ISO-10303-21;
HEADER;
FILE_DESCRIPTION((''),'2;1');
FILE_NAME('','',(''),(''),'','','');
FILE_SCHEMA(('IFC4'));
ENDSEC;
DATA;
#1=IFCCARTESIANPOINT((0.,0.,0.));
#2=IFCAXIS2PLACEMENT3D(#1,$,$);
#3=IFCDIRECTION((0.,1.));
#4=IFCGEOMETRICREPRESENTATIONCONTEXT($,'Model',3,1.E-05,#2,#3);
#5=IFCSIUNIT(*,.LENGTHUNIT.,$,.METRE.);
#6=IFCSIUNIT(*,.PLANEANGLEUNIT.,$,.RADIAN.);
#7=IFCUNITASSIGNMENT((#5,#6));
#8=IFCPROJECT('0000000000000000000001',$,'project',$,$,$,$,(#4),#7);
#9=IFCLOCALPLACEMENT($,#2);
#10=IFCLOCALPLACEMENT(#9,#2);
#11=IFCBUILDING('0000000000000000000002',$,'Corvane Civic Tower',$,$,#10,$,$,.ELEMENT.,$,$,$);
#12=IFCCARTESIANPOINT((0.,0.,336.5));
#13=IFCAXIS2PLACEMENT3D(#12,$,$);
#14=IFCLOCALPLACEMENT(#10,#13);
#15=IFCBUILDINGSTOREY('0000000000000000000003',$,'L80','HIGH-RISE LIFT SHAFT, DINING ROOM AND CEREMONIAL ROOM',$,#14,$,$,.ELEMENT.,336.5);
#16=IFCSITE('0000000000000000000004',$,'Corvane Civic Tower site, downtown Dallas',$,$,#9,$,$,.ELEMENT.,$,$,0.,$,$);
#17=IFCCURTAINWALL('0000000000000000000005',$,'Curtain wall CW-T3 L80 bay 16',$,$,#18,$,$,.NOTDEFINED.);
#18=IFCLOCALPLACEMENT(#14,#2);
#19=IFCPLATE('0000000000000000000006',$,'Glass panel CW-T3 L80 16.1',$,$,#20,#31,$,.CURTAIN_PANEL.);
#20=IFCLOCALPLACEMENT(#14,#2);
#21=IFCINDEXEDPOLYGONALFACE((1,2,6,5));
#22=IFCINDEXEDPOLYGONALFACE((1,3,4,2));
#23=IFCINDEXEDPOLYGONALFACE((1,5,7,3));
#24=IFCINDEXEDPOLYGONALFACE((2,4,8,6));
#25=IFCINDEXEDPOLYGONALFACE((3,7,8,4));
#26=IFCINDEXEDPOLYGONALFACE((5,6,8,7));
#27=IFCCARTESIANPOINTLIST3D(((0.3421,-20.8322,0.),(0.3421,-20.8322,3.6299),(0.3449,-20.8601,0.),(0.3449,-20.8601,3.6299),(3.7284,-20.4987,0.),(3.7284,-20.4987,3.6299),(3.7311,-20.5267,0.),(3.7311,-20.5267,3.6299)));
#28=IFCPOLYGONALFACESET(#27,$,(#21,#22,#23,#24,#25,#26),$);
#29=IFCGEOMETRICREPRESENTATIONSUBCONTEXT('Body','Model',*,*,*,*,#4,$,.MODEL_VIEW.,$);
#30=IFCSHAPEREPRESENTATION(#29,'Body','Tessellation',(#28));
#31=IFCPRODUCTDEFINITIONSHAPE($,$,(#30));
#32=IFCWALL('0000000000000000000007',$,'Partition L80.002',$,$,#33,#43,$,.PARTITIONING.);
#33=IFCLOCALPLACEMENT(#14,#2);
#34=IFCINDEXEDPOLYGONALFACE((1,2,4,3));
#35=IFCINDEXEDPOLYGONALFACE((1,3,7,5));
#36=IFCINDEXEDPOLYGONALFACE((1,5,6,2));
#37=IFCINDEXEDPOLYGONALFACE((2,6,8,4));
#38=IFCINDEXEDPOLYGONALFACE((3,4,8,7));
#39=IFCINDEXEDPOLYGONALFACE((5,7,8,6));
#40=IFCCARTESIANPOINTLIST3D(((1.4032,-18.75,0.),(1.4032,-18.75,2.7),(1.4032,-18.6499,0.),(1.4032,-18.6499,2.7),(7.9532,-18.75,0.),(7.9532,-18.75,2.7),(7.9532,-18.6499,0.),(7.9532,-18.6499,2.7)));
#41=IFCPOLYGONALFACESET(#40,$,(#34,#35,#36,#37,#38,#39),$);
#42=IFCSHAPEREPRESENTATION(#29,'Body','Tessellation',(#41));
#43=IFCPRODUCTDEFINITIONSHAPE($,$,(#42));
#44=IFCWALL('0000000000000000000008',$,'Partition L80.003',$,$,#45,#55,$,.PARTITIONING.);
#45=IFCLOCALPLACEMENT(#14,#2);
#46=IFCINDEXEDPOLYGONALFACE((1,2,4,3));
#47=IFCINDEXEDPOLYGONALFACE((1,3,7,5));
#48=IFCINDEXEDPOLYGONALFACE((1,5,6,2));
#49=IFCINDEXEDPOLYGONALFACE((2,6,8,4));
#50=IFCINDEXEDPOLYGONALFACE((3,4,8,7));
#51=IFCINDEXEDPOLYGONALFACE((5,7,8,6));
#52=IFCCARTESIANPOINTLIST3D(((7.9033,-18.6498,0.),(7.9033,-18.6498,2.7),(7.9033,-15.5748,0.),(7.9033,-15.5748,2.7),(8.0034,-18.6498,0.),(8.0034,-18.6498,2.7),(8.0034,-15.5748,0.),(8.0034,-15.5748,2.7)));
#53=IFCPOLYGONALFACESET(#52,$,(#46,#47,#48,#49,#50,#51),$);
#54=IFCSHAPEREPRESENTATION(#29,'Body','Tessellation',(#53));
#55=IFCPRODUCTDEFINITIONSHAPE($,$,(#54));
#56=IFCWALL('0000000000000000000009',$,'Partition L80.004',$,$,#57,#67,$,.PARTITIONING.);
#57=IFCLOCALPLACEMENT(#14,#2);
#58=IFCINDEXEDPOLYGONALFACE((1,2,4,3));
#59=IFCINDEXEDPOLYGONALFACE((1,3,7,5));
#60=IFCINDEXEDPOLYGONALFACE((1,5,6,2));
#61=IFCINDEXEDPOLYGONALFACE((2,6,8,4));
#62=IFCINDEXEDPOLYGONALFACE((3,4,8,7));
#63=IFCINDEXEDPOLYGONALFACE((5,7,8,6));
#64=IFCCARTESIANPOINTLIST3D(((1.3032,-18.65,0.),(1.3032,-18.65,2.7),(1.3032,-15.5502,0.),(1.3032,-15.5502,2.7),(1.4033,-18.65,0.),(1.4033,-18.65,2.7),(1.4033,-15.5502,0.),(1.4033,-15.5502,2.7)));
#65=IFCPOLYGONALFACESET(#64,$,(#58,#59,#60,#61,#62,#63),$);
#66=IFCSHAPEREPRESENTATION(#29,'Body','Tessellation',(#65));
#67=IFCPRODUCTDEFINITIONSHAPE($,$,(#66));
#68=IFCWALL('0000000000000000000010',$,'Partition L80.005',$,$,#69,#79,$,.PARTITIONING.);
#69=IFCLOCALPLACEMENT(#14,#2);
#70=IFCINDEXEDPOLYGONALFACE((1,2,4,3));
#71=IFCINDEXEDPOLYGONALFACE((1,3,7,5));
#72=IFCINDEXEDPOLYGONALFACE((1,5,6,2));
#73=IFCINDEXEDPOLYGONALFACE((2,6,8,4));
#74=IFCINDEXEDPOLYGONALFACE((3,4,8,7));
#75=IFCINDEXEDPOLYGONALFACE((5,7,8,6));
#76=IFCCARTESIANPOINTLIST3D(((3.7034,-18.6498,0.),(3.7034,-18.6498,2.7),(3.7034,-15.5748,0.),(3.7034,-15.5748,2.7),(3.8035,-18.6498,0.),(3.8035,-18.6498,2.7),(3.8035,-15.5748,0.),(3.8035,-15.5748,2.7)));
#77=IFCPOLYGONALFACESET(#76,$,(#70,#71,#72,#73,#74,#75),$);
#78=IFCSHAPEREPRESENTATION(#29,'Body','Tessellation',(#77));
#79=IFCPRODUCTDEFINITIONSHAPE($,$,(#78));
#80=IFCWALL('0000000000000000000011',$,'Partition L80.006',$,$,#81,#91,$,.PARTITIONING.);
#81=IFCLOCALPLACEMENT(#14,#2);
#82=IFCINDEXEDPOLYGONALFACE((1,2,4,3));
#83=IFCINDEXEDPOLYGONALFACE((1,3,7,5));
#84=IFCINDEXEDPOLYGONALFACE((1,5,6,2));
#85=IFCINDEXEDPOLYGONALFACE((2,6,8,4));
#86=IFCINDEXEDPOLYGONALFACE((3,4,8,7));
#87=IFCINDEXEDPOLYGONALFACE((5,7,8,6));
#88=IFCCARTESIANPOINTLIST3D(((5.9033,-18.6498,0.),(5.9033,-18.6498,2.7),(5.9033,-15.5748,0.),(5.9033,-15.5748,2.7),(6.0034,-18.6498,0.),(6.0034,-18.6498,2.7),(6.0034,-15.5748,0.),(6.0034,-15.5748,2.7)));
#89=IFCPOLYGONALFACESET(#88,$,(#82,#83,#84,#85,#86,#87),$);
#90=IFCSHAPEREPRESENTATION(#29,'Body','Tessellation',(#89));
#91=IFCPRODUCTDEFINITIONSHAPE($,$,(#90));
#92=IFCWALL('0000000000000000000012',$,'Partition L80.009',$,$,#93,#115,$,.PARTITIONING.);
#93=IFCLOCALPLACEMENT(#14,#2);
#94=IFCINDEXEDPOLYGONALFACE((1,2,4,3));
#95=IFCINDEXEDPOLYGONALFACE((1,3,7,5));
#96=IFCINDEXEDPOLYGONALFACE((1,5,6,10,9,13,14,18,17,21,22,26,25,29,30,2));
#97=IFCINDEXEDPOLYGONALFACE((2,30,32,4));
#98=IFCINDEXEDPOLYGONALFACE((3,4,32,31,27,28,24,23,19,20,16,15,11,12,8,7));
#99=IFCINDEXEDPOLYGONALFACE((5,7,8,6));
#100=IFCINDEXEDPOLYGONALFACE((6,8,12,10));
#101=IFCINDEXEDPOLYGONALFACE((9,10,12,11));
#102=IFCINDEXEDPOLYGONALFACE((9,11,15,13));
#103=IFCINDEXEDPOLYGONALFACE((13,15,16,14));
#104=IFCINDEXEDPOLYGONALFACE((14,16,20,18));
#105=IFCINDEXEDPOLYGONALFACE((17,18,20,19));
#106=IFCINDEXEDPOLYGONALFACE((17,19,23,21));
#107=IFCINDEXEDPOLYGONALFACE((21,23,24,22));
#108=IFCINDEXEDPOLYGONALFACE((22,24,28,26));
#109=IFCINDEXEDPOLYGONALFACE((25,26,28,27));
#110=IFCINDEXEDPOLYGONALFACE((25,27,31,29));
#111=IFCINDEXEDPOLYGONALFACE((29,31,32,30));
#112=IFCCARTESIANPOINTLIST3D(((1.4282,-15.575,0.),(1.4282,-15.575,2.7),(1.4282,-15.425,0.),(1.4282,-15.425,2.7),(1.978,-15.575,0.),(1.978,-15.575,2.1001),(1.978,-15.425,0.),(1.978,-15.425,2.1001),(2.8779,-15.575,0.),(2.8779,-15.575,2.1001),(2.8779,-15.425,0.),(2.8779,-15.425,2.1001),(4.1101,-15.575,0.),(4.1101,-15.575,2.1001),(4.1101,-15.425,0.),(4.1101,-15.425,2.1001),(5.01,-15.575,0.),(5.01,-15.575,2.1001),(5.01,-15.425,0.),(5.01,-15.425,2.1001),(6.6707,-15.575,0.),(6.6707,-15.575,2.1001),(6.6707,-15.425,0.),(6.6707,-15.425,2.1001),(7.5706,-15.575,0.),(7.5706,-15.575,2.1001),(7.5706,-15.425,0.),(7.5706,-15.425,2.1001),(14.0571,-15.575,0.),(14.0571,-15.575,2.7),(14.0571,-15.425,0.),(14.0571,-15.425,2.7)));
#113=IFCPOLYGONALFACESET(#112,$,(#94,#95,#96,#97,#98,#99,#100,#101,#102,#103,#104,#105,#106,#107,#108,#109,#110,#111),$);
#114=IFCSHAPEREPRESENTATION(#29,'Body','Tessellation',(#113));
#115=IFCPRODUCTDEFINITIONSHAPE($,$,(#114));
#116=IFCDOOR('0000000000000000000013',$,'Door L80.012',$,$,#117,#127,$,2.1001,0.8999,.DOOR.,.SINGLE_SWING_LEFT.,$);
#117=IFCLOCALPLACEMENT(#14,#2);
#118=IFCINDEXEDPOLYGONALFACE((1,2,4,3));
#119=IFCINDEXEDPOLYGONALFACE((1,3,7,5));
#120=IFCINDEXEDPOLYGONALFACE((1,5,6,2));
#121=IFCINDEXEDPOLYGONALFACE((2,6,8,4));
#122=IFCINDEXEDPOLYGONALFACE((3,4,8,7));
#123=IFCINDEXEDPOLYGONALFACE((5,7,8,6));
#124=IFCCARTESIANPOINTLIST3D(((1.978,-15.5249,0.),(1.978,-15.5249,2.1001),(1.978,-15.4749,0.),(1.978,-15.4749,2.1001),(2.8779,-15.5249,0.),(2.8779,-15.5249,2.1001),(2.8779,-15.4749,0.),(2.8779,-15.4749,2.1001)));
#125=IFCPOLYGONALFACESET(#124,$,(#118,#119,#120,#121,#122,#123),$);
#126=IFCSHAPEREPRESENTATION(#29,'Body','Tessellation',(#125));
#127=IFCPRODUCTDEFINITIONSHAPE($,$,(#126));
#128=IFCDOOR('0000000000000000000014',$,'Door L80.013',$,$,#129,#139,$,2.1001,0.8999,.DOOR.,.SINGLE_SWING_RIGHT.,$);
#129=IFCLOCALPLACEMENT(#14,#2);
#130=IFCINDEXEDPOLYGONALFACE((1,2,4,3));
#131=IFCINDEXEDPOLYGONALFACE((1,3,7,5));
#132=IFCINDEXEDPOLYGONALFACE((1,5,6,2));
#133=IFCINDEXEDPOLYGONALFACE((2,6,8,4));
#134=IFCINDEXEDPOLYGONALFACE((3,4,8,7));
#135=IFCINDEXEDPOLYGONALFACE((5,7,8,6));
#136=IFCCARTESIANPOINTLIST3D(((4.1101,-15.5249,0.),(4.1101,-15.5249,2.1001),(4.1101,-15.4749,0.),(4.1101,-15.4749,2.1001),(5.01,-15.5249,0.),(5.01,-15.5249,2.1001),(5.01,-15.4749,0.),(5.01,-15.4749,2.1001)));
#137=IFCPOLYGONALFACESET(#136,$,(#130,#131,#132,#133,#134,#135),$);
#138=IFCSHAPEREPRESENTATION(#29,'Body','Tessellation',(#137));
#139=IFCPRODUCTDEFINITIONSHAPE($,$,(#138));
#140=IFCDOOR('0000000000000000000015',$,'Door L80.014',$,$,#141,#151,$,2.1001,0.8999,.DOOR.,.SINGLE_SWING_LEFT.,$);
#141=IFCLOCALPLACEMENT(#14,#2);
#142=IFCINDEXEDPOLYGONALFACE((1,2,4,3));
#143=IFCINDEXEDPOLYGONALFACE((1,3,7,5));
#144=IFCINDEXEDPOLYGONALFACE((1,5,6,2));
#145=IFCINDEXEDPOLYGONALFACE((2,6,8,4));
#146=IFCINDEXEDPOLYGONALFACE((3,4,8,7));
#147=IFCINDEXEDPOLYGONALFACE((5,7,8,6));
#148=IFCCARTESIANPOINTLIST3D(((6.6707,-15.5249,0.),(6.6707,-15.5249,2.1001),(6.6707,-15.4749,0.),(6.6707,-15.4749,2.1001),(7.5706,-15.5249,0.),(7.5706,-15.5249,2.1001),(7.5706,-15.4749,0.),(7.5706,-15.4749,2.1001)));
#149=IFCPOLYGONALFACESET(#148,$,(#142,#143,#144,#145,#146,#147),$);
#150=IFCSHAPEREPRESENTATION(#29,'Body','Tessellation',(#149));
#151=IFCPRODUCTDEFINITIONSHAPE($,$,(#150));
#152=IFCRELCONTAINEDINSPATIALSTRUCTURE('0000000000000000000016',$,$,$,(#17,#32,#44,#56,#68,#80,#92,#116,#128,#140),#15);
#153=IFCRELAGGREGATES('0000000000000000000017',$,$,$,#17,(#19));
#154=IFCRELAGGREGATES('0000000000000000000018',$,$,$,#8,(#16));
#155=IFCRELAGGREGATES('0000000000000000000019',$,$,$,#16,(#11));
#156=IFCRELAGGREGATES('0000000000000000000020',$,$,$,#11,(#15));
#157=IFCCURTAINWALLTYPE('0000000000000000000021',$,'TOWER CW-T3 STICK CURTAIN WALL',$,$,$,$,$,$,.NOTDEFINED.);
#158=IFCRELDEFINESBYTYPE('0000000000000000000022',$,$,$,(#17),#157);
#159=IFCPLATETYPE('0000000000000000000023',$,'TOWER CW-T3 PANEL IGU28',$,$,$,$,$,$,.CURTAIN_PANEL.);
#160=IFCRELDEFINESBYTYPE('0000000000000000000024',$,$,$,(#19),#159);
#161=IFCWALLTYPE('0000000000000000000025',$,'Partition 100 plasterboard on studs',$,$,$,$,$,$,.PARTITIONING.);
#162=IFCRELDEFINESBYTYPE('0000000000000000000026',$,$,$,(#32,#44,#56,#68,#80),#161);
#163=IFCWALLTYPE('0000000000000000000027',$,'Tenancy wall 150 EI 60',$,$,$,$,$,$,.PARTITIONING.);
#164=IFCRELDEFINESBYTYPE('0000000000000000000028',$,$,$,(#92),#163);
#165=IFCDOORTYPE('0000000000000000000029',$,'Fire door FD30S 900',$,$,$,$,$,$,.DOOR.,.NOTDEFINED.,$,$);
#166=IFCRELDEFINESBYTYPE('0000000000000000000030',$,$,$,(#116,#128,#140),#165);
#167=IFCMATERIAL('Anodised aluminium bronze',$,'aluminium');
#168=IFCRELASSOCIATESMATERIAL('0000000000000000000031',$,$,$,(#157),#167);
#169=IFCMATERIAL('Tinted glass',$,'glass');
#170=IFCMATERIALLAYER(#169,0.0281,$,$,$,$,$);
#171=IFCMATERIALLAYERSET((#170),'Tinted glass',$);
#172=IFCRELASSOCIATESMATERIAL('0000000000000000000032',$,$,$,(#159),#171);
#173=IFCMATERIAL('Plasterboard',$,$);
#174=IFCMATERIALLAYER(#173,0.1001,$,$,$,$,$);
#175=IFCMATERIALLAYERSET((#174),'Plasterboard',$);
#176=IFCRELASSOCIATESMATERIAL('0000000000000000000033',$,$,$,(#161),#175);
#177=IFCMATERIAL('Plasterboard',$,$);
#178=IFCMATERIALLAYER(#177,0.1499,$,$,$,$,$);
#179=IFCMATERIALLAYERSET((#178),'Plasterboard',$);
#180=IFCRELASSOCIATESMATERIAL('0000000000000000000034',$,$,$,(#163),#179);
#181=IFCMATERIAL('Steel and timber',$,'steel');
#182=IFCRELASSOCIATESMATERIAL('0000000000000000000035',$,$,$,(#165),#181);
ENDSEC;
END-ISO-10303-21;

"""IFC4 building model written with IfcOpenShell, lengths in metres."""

from ifc_helpers import new_model, si_unit, direction, frame, frame_2d, origin, origin_2d, place, context, subcontext, project, spatial, rectangle, extrude, material, layer, layer_set, type_object, element, fill, aggregate, save


model = new_model("IFC4")

# Units and contexts
model_context = context("Model", 3, precision=1e-05, world=origin(), true_north=direction((0.0, 1.0)))
body_context = subcontext(model_context, "Body", "Model", "MODEL_VIEW")
ifc_project = project(units=[si_unit("LENGTHUNIT", "METRE"), si_unit("PLANEANGLEUNIT", "RADIAN")], contexts=[model_context])

# Site, building, storey
site_placement = place(None, origin())
site = spatial("IfcSite", under=ifc_project, at=site_placement, Name="Corvane Civic Tower site, downtown Dallas", CompositionType="ELEMENT", RefElevation=0.0)
building_placement = place(site_placement, origin())
building = spatial("IfcBuilding", under=site, at=building_placement, Name="Corvane Civic Tower", CompositionType="ELEMENT")
storey_placement = place(building_placement, frame((0.0, 0.0, 336.5)))
storey = spatial("IfcBuildingStorey", under=building, at=storey_placement, Name="L80", Description="HIGH-RISE LIFT SHAFT, DINING ROOM AND CEREMONIAL ROOM", CompositionType="ELEMENT", Elevation=336.5)

# Curtain wall
ifc_material_1 = material(Name="Anodised aluminium bronze", Category="aluminium")
curtain_wall_type = type_object("IfcCurtainWallType", Name="TOWER CW-T3 STICK CURTAIN WALL", PredefinedType="NOTDEFINED", material=ifc_material_1)
curtain_wall_1_placement = place(storey_placement, origin())
curtain_wall_1 = element("IfcCurtainWall", 1, at=curtain_wall_1_placement, inside=storey, type_object=curtain_wall_type, Name="Curtain wall CW-T3 L80 bay 16", PredefinedType="NOTDEFINED")

# Shared definitions
ifc_material_2 = material(Name="Tinted glass", Category="glass")
ifc_layer_1 = layer(ifc_material_2, 0.0281)
ifc_layer_set_1 = layer_set([ifc_layer_1], Name="Tinted glass")
plate_type = type_object("IfcPlateType", Name="TOWER CW-T3 PANEL IGU28", PredefinedType="CURTAIN_PANEL", material=ifc_layer_set_1)

# Plate
plate_1_placement = place(storey_placement, frame((2.0366, -20.6794, 0.0), z_axis=(0.0, 0.0, 1.0), x_axis=(-0.995187, -0.097998, 0.0)))
plate_1 = element("IfcPlate", 2, at=plate_1_placement, type_object=plate_type, Name="Glass panel CW-T3 L80 16.1", PredefinedType="CURTAIN_PANEL", context=body_context, shape_type="SweptSolid", body=[
    extrude(rectangle(XDim=3.4026, YDim=0.0281, at=origin_2d()), origin(), (0.0, 0.0, 1.0), 3.6299),
])
aggregate(curtain_wall_1, [plate_1])

# Walls
ifc_material_3 = material(Name="Plasterboard")
ifc_layer_2 = layer(ifc_material_3, 0.1001)
ifc_layer_set_2 = layer_set([ifc_layer_2], Name="Plasterboard")
wall_type_1 = type_object("IfcWallType", Name="Partition 100 plasterboard on studs", PredefinedType="PARTITIONING", material=ifc_layer_set_2)
wall_1_placement = place(storey_placement, frame((1.4033, -18.7, 0.0), z_axis=(0.0, 0.0, 1.0), x_axis=(1.0, 0.0, 0.0)))
element("IfcWall", 3, at=wall_1_placement, inside=storey, type_object=wall_type_1, Name="Partition L80.002", PredefinedType="PARTITIONING", context=body_context, shape_type="SweptSolid", body=[
    extrude(rectangle(XDim=6.55, YDim=0.1001, at=frame_2d((3.2749, 0.0))), origin(), (0.0, 0.0, 1.0), 2.7),
])
wall_2_placement = place(storey_placement, frame((7.9534, -18.6499, 0.0), z_axis=(0.0, 0.0, 1.0), x_axis=(0.0, 1.0, 0.0)))
element("IfcWall", 4, at=wall_2_placement, inside=storey, type_object=wall_type_1, Name="Partition L80.003", PredefinedType="PARTITIONING", context=body_context, shape_type="SweptSolid", body=[
    extrude(rectangle(XDim=3.075, YDim=0.1001, at=frame_2d((1.5376, 0.0))), origin(), (0.0, 0.0, 1.0), 2.7),
])
wall_3_placement = place(storey_placement, frame((1.3533, -18.6499, 0.0), z_axis=(0.0, 0.0, 1.0), x_axis=(0.0, 1.0, 0.0)))
element("IfcWall", 5, at=wall_3_placement, inside=storey, type_object=wall_type_1, Name="Partition L80.004", PredefinedType="PARTITIONING", context=body_context, shape_type="SweptSolid", body=[
    extrude(rectangle(XDim=3.0999, YDim=0.1001, at=frame_2d((1.5498, 0.0))), origin(), (0.0, 0.0, 1.0), 2.7),
])
for number, where, z_axis, x_axis, name in (
    (6, (3.7534, -18.6499, 0.0), (0.0, 0.0, 1.0), (0.0, 1.0, 0.0), "Partition L80.005"),
    (7, (5.9534, -18.6499, 0.0), (0.0, 0.0, 1.0), (0.0, 1.0, 0.0), "Partition L80.006"),
):
    element("IfcWall", number, at=place(storey_placement, frame(where, z_axis=z_axis, x_axis=x_axis)), inside=storey, type_object=wall_type_1, Name=name, PredefinedType="PARTITIONING", context=body_context, shape_type="SweptSolid", body=[
        extrude(rectangle(XDim=3.075, YDim=0.1001, at=frame_2d((1.5376, 0.0))), origin(), (0.0, 0.0, 1.0), 2.7),
    ])

# Wall, openings, doors
ifc_material_4 = material(Name="Plasterboard")
ifc_layer_3 = layer(ifc_material_4, 0.1499)
ifc_layer_set_3 = layer_set([ifc_layer_3], Name="Plasterboard")
wall_type_2 = type_object("IfcWallType", Name="Tenancy wall 150 EI 60", PredefinedType="PARTITIONING", material=ifc_layer_set_3)
wall_4_placement = place(storey_placement, frame((1.4282, -15.5, 0.0), z_axis=(0.0, 0.0, 1.0), x_axis=(1.0, 0.0, 0.0)))
wall_4 = element("IfcWall", 8, at=wall_4_placement, inside=storey, type_object=wall_type_2, Name="Partition L80.009", PredefinedType="PARTITIONING", context=body_context, shape_type="SweptSolid", body=[
    extrude(rectangle(XDim=12.6289, YDim=0.1499, at=frame_2d((6.3145, 0.0))), origin(), (0.0, 0.0, 1.0), 2.7),
])
opening_1_placement = place(wall_4_placement, frame((0.5498, 0.0, 0.0)))
opening_1 = element("IfcOpeningElement", 9, at=opening_1_placement, cuts=wall_4, PredefinedType="OPENING", context=body_context, shape_type="SweptSolid", body=[
    extrude(rectangle(XDim=0.8999, YDim=2.1001, at=frame_2d((0.45, 1.05))), frame((0.0, 0.085, 0.0), z_axis=(0.0, -1.0, 0.0), x_axis=(1.0, 0.0, 0.0)), (0.0, 0.0, 1.0), 0.1699),
])
opening_2_placement = place(wall_4_placement, frame((2.6819, 0.0, 0.0)))
opening_2 = element("IfcOpeningElement", 10, at=opening_2_placement, cuts=wall_4, PredefinedType="OPENING", context=body_context, shape_type="SweptSolid", body=[
    extrude(rectangle(XDim=0.8999, YDim=2.1001, at=frame_2d((0.45, 1.05))), frame((0.0, 0.085, 0.0), z_axis=(0.0, -1.0, 0.0), x_axis=(1.0, 0.0, 0.0)), (0.0, 0.0, 1.0), 0.1699),
])
opening_3_placement = place(wall_4_placement, frame((5.2424, 0.0, 0.0)))
opening_3 = element("IfcOpeningElement", 11, at=opening_3_placement, cuts=wall_4, PredefinedType="OPENING", context=body_context, shape_type="SweptSolid", body=[
    extrude(rectangle(XDim=0.8999, YDim=2.1001, at=frame_2d((0.45, 1.05))), frame((0.0, 0.085, 0.0), z_axis=(0.0, -1.0, 0.0), x_axis=(1.0, 0.0, 0.0)), (0.0, 0.0, 1.0), 0.1699),
])
ifc_material_5 = material(Name="Steel and timber", Category="steel")
door_type = type_object("IfcDoorType", Name="Fire door FD30S 900", OperationType="NOTDEFINED", PredefinedType="DOOR", material=ifc_material_5)
door_1_placement = place(opening_1_placement, frame((0.8999, 0.0, 0.0), z_axis=(0.0, 0.0, 1.0), x_axis=(-1.0, 0.0, 0.0)))
door_1 = element("IfcDoor", 12, at=door_1_placement, inside=storey, type_object=door_type, Name="Door L80.012", OperationType="SINGLE_SWING_LEFT", OverallHeight=2.1001, OverallWidth=0.8999, PredefinedType="DOOR", context=body_context, shape_type="SweptSolid", body=[
    extrude(rectangle(XDim=0.8999, YDim=2.1001, at=frame_2d((0.45, 1.05))), frame((0.0, 0.0249, 0.0), z_axis=(0.0, -1.0, 0.0), x_axis=(1.0, 0.0, 0.0)), (0.0, 0.0, 1.0), 0.05),
])
fill(opening_1, door_1)
door_2_placement = place(opening_2_placement, frame((0.8999, 0.0, 0.0), z_axis=(0.0, 0.0, 1.0), x_axis=(-1.0, 0.0, 0.0)))
door_2 = element("IfcDoor", 13, at=door_2_placement, inside=storey, type_object=door_type, Name="Door L80.013", OperationType="SINGLE_SWING_RIGHT", OverallHeight=2.1001, OverallWidth=0.8999, PredefinedType="DOOR", context=body_context, shape_type="SweptSolid", body=[
    extrude(rectangle(XDim=0.8999, YDim=2.1001, at=frame_2d((0.45, 1.05))), frame((0.0, 0.0249, 0.0), z_axis=(0.0, -1.0, 0.0), x_axis=(1.0, 0.0, 0.0)), (0.0, 0.0, 1.0), 0.05),
])
fill(opening_2, door_2)
door_3_placement = place(opening_3_placement, frame((0.8999, 0.0, 0.0), z_axis=(0.0, 0.0, 1.0), x_axis=(-1.0, 0.0, 0.0)))
door_3 = element("IfcDoor", 14, at=door_3_placement, inside=storey, type_object=door_type, Name="Door L80.014", OperationType="SINGLE_SWING_LEFT", OverallHeight=2.1001, OverallWidth=0.8999, PredefinedType="DOOR", context=body_context, shape_type="SweptSolid", body=[
    extrude(rectangle(XDim=0.8999, YDim=2.1001, at=frame_2d((0.45, 1.05))), frame((0.0, 0.0249, 0.0), z_axis=(0.0, -1.0, 0.0), x_axis=(1.0, 0.0, 0.0)), (0.0, 0.0, 1.0), 0.05),
])
fill(opening_3, door_3)

save(model, "model.ifc")
